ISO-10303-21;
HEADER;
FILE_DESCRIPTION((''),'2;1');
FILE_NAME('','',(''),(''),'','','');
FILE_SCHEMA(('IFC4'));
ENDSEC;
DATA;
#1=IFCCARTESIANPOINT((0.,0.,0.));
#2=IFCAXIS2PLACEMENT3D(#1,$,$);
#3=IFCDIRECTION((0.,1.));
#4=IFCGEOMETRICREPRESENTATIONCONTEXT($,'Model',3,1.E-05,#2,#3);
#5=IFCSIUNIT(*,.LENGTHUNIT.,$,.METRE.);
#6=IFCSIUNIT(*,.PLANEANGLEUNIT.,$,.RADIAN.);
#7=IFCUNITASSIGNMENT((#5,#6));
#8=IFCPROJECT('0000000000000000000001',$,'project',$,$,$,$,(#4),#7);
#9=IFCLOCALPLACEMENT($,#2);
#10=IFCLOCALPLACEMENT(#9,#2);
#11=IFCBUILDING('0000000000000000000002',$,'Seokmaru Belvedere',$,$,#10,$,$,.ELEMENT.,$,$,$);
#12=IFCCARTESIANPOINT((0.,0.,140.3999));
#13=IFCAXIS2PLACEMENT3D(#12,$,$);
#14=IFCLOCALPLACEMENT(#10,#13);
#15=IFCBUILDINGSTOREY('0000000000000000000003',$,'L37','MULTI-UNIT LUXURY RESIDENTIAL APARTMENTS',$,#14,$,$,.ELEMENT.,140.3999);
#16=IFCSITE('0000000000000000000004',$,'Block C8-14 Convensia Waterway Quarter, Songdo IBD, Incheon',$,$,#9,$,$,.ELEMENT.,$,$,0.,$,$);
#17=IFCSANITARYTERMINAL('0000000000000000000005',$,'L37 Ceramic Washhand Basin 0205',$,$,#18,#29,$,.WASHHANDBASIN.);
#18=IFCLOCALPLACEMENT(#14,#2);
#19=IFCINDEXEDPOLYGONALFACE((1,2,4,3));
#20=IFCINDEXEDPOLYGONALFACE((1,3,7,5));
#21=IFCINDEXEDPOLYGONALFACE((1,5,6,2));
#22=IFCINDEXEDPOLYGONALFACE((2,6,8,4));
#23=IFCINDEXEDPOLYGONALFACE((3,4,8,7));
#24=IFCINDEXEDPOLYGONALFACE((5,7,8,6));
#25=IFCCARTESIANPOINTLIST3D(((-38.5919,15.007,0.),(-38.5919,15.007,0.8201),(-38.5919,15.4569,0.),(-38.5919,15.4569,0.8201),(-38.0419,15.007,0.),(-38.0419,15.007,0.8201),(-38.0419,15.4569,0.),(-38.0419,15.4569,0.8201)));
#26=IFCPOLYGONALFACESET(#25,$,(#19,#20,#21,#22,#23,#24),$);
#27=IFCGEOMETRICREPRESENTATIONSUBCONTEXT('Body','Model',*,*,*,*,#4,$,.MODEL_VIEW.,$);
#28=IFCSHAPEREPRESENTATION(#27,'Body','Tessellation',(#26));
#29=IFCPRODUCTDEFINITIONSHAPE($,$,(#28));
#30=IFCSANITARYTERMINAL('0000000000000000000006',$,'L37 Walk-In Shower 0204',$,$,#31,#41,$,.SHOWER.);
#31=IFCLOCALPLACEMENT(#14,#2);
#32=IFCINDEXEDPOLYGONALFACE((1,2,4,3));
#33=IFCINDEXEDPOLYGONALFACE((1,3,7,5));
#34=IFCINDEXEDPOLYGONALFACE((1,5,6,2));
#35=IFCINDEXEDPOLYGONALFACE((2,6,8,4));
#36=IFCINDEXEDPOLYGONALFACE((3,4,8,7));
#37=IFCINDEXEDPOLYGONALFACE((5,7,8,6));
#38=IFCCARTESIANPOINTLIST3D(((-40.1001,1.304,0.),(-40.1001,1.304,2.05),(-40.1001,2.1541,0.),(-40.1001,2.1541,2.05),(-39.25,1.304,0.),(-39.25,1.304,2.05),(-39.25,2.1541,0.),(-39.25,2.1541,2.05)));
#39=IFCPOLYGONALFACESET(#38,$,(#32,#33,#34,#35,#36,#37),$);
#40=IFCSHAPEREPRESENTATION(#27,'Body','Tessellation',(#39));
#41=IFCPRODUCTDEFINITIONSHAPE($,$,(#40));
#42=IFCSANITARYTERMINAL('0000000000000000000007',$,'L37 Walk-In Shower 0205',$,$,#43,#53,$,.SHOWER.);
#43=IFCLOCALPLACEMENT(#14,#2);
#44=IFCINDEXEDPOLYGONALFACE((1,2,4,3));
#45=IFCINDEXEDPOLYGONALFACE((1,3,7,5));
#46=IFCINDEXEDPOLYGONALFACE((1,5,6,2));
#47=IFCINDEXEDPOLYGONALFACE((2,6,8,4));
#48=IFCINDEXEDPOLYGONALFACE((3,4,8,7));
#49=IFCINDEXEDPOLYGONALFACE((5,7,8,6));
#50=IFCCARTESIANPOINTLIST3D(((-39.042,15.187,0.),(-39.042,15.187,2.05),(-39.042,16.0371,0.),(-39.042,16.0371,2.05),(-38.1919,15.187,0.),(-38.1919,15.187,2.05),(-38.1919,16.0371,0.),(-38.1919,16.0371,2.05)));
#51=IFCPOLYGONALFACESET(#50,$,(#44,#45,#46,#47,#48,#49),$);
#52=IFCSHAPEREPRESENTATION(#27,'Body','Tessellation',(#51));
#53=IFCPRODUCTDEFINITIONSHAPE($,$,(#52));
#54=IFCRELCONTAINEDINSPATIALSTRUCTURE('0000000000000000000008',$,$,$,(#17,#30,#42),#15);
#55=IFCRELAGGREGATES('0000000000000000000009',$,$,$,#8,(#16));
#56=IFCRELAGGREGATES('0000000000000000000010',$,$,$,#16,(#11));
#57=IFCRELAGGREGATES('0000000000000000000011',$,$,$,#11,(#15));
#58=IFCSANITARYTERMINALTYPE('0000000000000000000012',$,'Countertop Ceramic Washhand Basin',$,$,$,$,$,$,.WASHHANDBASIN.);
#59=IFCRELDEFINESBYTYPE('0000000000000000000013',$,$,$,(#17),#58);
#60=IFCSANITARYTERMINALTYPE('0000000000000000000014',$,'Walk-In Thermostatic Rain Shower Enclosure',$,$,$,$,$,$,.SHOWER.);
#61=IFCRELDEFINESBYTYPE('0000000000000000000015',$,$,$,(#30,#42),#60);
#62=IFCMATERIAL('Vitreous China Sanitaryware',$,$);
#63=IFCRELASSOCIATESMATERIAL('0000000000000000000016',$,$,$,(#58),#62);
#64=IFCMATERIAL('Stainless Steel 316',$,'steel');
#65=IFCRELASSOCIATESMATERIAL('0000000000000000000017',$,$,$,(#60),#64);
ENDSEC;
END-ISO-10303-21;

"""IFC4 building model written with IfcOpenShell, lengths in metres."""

from ifc_helpers import new_model, si_unit, direction, frame, origin, origin_2d, place, context, subcontext, project, spatial, rectangle, extrude, source, transform, mapped, material, type_object, type_shapes, element, save


model = new_model("IFC4")

# Units and contexts
model_context = context("Model", 3, precision=1e-05, world=origin(), true_north=direction((0.0, 1.0)))
body_context = subcontext(model_context, "Body", "Model", "MODEL_VIEW")
ifc_project = project(units=[si_unit("LENGTHUNIT", "METRE"), si_unit("PLANEANGLEUNIT", "RADIAN")], contexts=[model_context])

# Site, building, storey
site_placement = place(None, origin())
site = spatial("IfcSite", under=ifc_project, at=site_placement, Name="Block C8-14 Convensia Waterway Quarter, Songdo IBD, Incheon", CompositionType="ELEMENT", RefElevation=0.0)
building_placement = place(site_placement, origin())
building = spatial("IfcBuilding", under=site, at=building_placement, Name="Seokmaru Belvedere", CompositionType="ELEMENT")
storey_placement = place(building_placement, frame((0.0, 0.0, 140.3999)))
storey = spatial("IfcBuildingStorey", under=building, at=storey_placement, Name="L37", Description="MULTI-UNIT LUXURY RESIDENTIAL APARTMENTS", CompositionType="ELEMENT", Elevation=140.3999)

# Sanitary terminals
ifc_material_1 = material(Name="Vitreous China Sanitaryware")
sanitary_terminal_type_1 = type_object("IfcSanitaryTerminalType", Name="Countertop Ceramic Washhand Basin", PredefinedType="WASHHANDBASIN", material=ifc_material_1)
shared_shape_1 = source(origin(), body_context, "Body", "SweptSolid", [
    extrude(rectangle(XDim=0.55, YDim=0.45, at=origin_2d()), origin(), (0.0, 0.0, 1.0), 0.8201),
])
type_shapes(sanitary_terminal_type_1, [shared_shape_1])
for number, where, z_axis, x_axis, name in (
    (1, (-38.3169, 15.2319, 0.0), (0.0, 0.0, 1.0), (1.0, 0.0, 0.0), "L37 Ceramic Washhand Basin 0205"),
):
    element("IfcSanitaryTerminal", number, at=place(storey_placement, frame(where, z_axis=z_axis, x_axis=x_axis)), inside=storey, type_object=sanitary_terminal_type_1, Name=name, PredefinedType="WASHHANDBASIN", context=body_context, shape_type="MappedRepresentation", body=[
        mapped(shared_shape_1, transform((0.0, 0.0, 0.0), scale=1.0)),
    ])
ifc_material_2 = material(Name="Stainless Steel 316", Category="steel")
sanitary_terminal_type_2 = type_object("IfcSanitaryTerminalType", Name="Walk-In Thermostatic Rain Shower Enclosure", PredefinedType="SHOWER", material=ifc_material_2)
shared_shape_2 = source(origin(), body_context, "Body", "SweptSolid", [
    extrude(rectangle(XDim=0.8501, YDim=0.8501, at=origin_2d()), origin(), (0.0, 0.0, 1.0), 2.05),
])
type_shapes(sanitary_terminal_type_2, [shared_shape_2])
for number, where, z_axis, x_axis, name in (
    (2, (-39.675, 1.729, 0.0), (0.0, 0.0, 1.0), (1.0, 0.0, 0.0), "L37 Walk-In Shower 0204"),
    (3, (-38.6169, 15.6121, 0.0), (0.0, 0.0, 1.0), (1.0, 0.0, 0.0), "L37 Walk-In Shower 0205"),
):
    element("IfcSanitaryTerminal", number, at=place(storey_placement, frame(where, z_axis=z_axis, x_axis=x_axis)), inside=storey, type_object=sanitary_terminal_type_2, Name=name, PredefinedType="SHOWER", context=body_context, shape_type="MappedRepresentation", body=[
        mapped(shared_shape_2, transform((0.0, 0.0, 0.0), scale=1.0)),
    ])

save(model, "model.ifc")
